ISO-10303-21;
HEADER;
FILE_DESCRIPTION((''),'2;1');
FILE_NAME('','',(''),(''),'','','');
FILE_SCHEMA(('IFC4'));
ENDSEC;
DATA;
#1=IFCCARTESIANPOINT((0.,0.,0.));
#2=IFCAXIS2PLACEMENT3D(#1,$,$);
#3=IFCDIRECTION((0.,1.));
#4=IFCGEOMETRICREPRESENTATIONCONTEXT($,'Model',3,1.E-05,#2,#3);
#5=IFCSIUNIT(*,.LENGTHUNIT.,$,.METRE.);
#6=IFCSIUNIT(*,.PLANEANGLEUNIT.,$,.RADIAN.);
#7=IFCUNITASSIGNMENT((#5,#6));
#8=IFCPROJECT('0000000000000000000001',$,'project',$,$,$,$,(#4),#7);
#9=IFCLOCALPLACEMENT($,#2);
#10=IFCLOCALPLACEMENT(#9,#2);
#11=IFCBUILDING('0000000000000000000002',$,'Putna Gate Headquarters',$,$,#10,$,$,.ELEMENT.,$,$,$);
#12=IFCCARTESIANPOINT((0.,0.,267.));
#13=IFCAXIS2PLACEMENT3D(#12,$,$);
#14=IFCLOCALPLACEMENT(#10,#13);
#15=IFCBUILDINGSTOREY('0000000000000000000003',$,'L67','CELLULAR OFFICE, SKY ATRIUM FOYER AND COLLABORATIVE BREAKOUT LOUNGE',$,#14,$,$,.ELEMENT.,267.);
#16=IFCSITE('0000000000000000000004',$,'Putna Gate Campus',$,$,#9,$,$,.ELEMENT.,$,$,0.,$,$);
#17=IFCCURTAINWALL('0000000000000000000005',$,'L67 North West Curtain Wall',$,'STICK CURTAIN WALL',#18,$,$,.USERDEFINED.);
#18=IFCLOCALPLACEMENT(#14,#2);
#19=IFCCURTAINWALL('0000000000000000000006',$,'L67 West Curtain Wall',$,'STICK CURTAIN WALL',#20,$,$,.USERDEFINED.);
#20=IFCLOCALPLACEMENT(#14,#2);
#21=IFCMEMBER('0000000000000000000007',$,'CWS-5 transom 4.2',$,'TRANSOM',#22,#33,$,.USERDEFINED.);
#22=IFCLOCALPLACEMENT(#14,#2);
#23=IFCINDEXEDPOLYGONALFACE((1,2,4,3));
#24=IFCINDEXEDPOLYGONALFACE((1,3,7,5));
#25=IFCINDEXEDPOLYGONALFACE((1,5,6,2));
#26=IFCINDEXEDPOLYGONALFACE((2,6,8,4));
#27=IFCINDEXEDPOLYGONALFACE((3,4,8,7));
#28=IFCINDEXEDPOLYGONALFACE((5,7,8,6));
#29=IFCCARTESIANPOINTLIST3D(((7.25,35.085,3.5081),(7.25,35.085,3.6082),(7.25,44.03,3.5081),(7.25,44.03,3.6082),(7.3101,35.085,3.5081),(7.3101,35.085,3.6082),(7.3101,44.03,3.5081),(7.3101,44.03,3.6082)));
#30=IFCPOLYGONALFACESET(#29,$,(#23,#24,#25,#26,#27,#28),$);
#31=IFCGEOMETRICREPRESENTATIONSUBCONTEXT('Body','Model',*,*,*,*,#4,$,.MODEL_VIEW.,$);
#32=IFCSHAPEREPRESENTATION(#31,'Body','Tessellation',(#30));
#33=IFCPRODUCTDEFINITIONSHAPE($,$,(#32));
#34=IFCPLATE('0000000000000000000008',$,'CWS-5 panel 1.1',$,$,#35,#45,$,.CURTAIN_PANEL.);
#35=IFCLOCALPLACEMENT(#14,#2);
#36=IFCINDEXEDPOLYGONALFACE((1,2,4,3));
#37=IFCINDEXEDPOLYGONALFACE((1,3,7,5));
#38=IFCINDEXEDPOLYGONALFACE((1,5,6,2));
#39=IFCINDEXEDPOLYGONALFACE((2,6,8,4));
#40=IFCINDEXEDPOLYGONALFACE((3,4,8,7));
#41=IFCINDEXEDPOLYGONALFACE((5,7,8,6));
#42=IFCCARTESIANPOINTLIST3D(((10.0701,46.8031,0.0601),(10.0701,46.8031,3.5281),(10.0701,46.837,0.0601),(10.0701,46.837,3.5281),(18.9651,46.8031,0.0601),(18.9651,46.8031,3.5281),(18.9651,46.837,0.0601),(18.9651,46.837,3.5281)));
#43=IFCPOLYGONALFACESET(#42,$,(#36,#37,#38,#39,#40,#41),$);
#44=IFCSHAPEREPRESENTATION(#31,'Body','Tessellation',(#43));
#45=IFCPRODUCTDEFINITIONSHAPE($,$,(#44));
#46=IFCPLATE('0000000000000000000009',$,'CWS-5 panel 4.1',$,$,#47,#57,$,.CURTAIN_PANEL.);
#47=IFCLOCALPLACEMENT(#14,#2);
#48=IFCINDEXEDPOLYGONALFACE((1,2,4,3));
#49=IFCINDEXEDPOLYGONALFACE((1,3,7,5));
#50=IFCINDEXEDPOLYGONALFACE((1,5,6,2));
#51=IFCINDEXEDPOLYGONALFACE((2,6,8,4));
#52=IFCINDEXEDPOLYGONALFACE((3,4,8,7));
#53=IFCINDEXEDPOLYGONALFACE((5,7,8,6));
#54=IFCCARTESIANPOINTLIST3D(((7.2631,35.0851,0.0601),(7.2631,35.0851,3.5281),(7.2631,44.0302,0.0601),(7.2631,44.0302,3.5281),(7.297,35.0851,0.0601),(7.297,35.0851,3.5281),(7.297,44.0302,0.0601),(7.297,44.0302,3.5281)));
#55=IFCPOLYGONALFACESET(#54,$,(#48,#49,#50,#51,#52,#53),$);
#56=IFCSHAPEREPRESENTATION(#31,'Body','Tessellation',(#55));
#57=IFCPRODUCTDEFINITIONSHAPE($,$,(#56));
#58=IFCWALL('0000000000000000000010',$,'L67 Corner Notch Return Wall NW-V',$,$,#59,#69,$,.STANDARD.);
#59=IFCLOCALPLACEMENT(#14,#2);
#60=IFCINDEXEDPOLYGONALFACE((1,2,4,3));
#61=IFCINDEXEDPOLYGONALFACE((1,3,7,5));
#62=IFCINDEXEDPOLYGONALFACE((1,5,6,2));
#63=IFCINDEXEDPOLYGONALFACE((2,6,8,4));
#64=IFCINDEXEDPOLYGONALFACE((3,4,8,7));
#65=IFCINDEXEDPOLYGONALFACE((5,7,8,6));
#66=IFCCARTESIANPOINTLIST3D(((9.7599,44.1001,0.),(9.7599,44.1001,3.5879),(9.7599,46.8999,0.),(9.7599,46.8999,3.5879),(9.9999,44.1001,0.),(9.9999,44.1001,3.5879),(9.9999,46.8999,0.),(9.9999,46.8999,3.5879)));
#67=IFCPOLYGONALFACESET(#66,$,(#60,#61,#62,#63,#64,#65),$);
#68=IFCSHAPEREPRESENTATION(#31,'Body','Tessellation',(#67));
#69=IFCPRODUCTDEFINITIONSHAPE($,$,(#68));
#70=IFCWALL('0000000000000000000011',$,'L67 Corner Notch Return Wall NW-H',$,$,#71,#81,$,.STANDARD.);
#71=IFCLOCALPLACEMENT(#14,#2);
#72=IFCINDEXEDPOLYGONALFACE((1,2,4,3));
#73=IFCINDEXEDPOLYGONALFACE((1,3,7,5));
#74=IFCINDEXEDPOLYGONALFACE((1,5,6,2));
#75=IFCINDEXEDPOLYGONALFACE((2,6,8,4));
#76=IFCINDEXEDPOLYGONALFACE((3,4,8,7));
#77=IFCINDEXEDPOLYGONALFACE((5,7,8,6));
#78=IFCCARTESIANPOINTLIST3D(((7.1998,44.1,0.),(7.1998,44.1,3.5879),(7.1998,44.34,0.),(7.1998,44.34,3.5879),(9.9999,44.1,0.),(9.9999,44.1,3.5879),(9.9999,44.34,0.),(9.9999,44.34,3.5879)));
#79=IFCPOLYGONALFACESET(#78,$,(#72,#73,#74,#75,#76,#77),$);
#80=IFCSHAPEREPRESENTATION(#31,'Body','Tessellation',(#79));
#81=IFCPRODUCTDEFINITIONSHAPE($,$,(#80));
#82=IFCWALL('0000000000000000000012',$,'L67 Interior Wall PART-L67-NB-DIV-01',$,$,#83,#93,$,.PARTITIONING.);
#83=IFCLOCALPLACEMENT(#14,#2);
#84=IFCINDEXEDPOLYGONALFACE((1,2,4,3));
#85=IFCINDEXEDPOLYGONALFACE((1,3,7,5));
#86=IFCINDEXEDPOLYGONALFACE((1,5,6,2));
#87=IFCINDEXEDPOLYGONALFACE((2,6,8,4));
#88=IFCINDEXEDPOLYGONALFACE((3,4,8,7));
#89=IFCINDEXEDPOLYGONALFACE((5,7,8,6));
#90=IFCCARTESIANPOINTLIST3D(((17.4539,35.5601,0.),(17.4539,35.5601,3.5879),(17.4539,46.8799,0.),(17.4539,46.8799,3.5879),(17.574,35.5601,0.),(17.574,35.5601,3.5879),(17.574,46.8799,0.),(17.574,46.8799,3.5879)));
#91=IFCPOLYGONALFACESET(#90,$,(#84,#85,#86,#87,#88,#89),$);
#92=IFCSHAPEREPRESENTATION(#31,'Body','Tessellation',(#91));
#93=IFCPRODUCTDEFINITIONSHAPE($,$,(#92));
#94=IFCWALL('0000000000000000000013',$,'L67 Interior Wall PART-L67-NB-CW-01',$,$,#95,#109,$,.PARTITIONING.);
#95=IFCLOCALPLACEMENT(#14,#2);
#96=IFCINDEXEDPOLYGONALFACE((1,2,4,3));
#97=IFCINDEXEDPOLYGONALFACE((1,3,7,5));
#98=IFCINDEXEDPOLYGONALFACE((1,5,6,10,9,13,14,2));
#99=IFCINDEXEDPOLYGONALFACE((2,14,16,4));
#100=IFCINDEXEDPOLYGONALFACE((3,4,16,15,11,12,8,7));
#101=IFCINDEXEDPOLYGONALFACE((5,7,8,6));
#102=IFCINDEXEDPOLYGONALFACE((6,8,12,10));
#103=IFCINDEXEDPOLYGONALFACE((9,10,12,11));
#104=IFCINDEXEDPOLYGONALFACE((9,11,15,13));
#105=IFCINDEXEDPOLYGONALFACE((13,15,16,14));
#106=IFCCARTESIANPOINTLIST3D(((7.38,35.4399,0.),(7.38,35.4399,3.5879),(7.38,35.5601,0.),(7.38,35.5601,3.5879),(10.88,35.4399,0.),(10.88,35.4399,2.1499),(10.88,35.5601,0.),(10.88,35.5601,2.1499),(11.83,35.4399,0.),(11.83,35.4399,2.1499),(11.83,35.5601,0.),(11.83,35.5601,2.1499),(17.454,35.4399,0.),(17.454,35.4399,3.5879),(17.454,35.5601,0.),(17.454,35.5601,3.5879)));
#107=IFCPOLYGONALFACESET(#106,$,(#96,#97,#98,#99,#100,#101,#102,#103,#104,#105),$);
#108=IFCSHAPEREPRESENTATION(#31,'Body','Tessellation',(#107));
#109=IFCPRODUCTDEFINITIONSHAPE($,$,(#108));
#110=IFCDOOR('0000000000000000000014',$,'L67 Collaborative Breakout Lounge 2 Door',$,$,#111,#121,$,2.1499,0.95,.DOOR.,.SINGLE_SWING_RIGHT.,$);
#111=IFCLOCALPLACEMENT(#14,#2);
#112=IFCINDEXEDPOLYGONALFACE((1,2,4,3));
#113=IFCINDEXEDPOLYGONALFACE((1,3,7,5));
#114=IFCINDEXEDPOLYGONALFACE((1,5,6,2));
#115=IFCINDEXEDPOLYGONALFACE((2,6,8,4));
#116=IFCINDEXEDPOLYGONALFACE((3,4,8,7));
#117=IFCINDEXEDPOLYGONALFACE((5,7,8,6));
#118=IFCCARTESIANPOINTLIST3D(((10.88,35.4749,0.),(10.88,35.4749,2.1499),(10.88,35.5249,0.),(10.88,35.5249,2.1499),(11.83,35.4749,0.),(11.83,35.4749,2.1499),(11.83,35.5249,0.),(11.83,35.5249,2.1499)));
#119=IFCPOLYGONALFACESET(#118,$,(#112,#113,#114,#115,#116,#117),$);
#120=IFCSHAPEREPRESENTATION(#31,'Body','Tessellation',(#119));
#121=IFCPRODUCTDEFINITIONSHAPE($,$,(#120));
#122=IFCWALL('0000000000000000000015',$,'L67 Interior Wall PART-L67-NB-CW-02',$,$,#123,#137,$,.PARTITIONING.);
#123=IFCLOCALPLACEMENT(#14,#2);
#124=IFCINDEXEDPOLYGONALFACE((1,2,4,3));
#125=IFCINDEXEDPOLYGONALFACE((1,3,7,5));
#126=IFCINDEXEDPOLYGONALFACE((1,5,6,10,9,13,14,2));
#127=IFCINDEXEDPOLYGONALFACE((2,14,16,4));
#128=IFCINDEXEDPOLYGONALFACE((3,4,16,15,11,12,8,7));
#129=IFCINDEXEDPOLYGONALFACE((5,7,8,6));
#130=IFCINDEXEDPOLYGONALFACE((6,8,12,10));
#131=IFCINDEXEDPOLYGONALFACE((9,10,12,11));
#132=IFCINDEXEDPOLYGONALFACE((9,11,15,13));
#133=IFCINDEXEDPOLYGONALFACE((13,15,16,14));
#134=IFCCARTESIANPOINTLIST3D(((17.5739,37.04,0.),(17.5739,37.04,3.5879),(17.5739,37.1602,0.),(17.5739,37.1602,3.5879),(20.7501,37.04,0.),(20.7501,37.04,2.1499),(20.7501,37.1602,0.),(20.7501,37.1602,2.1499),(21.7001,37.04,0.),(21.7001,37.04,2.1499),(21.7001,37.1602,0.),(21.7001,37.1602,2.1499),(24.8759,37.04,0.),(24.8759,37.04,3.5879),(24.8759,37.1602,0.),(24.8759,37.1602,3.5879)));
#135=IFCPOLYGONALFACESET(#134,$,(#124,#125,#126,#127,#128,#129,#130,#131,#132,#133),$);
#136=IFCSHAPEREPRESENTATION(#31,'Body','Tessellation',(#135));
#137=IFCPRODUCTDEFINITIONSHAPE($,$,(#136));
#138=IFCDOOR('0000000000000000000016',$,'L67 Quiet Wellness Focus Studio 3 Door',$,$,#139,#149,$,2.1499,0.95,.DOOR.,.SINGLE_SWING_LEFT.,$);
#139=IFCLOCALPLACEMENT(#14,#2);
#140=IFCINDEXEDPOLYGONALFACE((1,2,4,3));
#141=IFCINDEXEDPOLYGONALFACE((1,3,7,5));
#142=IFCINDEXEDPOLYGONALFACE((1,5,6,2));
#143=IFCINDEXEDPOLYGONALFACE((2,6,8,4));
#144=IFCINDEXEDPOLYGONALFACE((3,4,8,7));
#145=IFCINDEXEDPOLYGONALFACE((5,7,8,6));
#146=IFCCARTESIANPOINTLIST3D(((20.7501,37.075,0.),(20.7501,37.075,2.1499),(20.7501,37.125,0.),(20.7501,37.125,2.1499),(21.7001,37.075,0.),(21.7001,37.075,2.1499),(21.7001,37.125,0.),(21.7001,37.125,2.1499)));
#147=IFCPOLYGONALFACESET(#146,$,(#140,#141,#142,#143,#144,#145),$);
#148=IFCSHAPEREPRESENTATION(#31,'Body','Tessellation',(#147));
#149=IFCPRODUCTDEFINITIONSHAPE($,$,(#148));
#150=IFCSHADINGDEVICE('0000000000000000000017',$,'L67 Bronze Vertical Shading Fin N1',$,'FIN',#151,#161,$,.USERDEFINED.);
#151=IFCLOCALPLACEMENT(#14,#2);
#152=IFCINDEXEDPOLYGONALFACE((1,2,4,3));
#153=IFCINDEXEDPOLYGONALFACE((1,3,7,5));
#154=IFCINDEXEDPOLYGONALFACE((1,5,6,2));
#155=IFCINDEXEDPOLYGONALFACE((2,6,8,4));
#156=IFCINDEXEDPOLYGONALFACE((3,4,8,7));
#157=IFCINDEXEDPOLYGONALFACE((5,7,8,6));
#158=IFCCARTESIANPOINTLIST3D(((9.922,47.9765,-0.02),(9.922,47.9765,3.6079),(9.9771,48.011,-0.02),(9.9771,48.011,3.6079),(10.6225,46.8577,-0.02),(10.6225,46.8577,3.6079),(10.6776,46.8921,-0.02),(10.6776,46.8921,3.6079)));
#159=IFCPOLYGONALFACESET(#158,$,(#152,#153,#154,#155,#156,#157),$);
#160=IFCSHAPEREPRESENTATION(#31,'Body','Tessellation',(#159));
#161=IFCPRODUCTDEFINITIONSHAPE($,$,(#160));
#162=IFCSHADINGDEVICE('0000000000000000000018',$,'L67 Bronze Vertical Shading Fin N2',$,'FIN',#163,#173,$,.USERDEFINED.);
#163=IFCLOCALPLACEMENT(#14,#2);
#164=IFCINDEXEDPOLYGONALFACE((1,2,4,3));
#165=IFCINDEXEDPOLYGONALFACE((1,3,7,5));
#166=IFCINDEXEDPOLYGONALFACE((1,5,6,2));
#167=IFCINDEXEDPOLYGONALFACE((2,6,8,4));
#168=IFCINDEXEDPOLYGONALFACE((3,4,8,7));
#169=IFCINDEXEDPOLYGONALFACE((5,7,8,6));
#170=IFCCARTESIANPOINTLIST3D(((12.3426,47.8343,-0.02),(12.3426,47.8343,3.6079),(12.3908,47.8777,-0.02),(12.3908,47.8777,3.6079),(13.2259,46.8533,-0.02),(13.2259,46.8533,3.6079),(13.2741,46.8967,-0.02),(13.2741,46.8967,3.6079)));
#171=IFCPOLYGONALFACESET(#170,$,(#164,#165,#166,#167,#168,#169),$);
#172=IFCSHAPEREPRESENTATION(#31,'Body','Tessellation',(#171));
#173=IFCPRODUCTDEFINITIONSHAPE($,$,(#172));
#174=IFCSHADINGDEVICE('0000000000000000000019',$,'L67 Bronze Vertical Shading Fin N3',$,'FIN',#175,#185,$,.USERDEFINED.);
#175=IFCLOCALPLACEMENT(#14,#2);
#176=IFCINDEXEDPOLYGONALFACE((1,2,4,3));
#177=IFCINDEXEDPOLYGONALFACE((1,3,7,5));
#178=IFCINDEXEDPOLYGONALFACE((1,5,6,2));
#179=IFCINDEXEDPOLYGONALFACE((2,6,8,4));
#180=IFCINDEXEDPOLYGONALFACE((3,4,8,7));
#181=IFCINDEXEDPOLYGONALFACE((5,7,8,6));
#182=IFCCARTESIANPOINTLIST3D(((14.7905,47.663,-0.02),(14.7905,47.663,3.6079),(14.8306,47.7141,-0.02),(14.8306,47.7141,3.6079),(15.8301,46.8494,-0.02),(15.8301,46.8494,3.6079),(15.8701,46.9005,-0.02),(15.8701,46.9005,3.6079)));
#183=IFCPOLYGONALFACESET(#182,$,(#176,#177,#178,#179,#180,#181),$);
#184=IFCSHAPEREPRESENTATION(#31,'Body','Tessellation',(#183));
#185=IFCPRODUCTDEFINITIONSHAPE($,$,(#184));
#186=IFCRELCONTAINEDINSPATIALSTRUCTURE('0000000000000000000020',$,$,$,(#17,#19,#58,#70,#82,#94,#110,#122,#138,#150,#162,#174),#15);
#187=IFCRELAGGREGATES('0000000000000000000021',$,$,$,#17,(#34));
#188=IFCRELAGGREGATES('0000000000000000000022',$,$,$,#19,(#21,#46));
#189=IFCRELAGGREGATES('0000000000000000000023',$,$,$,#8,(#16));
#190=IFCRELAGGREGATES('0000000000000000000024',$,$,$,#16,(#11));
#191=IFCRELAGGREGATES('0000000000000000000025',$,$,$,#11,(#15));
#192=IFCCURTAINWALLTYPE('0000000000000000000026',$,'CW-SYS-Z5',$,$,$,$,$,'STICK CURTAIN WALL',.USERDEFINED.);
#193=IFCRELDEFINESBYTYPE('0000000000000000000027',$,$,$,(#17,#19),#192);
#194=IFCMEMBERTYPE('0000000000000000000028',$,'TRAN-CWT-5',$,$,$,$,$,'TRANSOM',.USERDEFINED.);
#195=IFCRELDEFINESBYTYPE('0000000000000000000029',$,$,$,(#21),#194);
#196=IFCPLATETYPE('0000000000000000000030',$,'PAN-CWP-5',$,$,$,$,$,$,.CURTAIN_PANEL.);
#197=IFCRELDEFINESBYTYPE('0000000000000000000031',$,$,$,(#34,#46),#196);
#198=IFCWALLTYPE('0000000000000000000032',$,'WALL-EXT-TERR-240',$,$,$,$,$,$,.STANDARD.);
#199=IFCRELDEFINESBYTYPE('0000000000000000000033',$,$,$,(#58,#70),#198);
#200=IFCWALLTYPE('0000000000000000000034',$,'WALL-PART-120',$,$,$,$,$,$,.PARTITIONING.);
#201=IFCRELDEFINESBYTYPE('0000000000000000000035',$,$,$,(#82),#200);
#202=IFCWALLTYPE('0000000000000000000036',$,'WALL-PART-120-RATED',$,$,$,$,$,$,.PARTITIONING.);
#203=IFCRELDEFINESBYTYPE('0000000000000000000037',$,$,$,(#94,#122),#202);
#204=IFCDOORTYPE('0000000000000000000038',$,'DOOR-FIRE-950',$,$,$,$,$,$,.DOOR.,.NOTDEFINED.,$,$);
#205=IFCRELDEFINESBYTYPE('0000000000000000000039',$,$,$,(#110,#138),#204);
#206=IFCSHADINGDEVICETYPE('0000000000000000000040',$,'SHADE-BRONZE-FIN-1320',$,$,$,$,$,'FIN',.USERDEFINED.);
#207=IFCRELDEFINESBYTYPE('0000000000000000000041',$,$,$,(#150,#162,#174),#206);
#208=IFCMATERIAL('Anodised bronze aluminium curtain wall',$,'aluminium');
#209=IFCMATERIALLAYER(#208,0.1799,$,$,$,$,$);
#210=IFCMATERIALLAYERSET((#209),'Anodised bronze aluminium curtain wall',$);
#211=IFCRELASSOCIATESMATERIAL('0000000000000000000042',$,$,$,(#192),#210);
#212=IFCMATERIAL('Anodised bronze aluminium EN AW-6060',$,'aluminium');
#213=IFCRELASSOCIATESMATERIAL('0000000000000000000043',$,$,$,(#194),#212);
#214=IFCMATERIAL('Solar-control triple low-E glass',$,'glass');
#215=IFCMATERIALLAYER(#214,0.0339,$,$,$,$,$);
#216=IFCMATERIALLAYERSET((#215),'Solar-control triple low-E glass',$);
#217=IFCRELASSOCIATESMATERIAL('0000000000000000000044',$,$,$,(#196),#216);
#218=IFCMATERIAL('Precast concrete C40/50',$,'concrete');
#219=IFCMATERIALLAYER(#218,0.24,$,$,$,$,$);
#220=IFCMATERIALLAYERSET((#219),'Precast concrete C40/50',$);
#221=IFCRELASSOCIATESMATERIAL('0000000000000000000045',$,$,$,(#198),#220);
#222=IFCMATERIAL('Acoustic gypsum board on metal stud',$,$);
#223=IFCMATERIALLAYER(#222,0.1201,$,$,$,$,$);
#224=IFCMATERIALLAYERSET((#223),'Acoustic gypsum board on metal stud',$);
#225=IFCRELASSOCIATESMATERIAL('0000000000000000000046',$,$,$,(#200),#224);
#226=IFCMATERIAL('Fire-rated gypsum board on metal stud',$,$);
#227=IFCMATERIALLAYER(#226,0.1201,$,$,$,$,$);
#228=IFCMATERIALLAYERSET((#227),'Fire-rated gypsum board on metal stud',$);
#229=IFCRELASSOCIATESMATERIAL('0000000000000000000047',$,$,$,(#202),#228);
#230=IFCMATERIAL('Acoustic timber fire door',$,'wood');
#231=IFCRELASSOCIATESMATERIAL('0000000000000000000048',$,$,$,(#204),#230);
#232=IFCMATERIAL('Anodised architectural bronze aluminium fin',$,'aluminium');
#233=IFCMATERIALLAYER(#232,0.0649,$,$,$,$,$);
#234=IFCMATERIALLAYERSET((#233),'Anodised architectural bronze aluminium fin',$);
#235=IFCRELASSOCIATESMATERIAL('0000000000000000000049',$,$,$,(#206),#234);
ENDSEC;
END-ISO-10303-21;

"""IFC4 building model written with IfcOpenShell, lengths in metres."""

from ifc_helpers import new_model, si_unit, direction, frame, frame_2d, origin, origin_2d, place, context, subcontext, project, spatial, rectangle, extrude, material, layer, layer_set, material_profile, profile_set, type_object, element, fill, aggregate, save


model = new_model("IFC4")

# Units and contexts
model_context = context("Model", 3, precision=1e-05, world=origin(), true_north=direction((0.0, 1.0)))
body_context = subcontext(model_context, "Body", "Model", "MODEL_VIEW")
ifc_project = project(units=[si_unit("LENGTHUNIT", "METRE"), si_unit("PLANEANGLEUNIT", "RADIAN")], contexts=[model_context])

# Site, building, storey
site_placement = place(None, origin())
site = spatial("IfcSite", under=ifc_project, at=site_placement, Name="Putna Gate Campus", CompositionType="ELEMENT", RefElevation=0.0)
building_placement = place(site_placement, origin())
building = spatial("IfcBuilding", under=site, at=building_placement, Name="Putna Gate Headquarters", CompositionType="ELEMENT")
storey_placement = place(building_placement, frame((0.0, 0.0, 267.0)))
storey = spatial("IfcBuildingStorey", under=building, at=storey_placement, Name="L67", Description="CELLULAR OFFICE, SKY ATRIUM FOYER AND COLLABORATIVE BREAKOUT LOUNGE", CompositionType="ELEMENT", Elevation=267.0)

# Curtain wall
ifc_material_1 = material(Name="Anodised bronze aluminium curtain wall", Category="aluminium")
ifc_layer_1 = layer(ifc_material_1, 0.1799)
ifc_layer_set_1 = layer_set([ifc_layer_1], Name="Anodised bronze aluminium curtain wall")
curtain_wall_type = type_object("IfcCurtainWallType", Name="CW-SYS-Z5", ElementType="STICK CURTAIN WALL", PredefinedType="USERDEFINED", material=ifc_layer_set_1)
curtain_wall_1_placement = place(storey_placement, origin())
curtain_wall_1 = element("IfcCurtainWall", 1, at=curtain_wall_1_placement, inside=storey, type_object=curtain_wall_type, Name="L67 North West Curtain Wall", ObjectType="STICK CURTAIN WALL", PredefinedType="USERDEFINED")
ifc_material_2 = material(Name="Anodised bronze aluminium EN AW-6060", Category="aluminium")

# Curtain wall
curtain_wall_2_placement = place(storey_placement, origin())
curtain_wall_2 = element("IfcCurtainWall", 2, at=curtain_wall_2_placement, inside=storey, type_object=curtain_wall_type, Name="L67 West Curtain Wall", ObjectType="STICK CURTAIN WALL", PredefinedType="USERDEFINED")

# Member
ifc_material_profile_1 = material_profile(ifc_material_2, rectangle(XDim=0.0601, YDim=0.1001, at=origin_2d()), Name="Anodised bronze aluminium EN AW-6060")
ifc_profile_set_1 = profile_set([ifc_material_profile_1], Name="Anodised bronze aluminium EN AW-6060")
member_type_1 = type_object("IfcMemberType", Name="TRAN-CWT-5", ElementType="TRANSOM", PredefinedType="USERDEFINED", material=ifc_profile_set_1)
member_1_placement = place(storey_placement, frame((7.28, 35.085, 3.5581), z_axis=(0.0, 1.0, 0.0), x_axis=(-1.0, 0.0, 0.0)))
member_1 = element("IfcMember", 3, at=member_1_placement, type_object=member_type_1, Name="CWS-5 transom 4.2", ObjectType="TRANSOM", PredefinedType="USERDEFINED", context=body_context, shape_type="SweptSolid", body=[
    extrude(rectangle(XDim=0.0601, YDim=0.1001, at=origin_2d()), origin(), (0.0, 0.0, 1.0), 8.9451),
])

# Plates
ifc_material_3 = material(Name="Solar-control triple low-E glass", Category="glass")
ifc_layer_2 = layer(ifc_material_3, 0.0339)
ifc_layer_set_2 = layer_set([ifc_layer_2], Name="Solar-control triple low-E glass")
plate_type = type_object("IfcPlateType", Name="PAN-CWP-5", PredefinedType="CURTAIN_PANEL", material=ifc_layer_set_2)
plate_1_placement = place(storey_placement, frame((14.5176, 46.8201, 0.0601), z_axis=(0.0, 0.0, 1.0), x_axis=(1.0, 0.0, 0.0)))
plate_1 = element("IfcPlate", 4, at=plate_1_placement, type_object=plate_type, Name="CWS-5 panel 1.1", PredefinedType="CURTAIN_PANEL", context=body_context, shape_type="SweptSolid", body=[
    extrude(rectangle(XDim=8.895, YDim=0.0339, at=origin_2d()), origin(), (0.0, 0.0, 1.0), 3.468),
])
aggregate(curtain_wall_1, [plate_1])
plate_2_placement = place(storey_placement, frame((7.28, 39.5576, 0.0601), z_axis=(0.0, 0.0, 1.0), x_axis=(0.0, 1.0, 0.0)))
plate_2 = element("IfcPlate", 5, at=plate_2_placement, type_object=plate_type, Name="CWS-5 panel 4.1", PredefinedType="CURTAIN_PANEL", context=body_context, shape_type="SweptSolid", body=[
    extrude(rectangle(XDim=8.9451, YDim=0.0339, at=origin_2d()), origin(), (0.0, 0.0, 1.0), 3.468),
])
aggregate(curtain_wall_2, [member_1, plate_2])

# Walls
ifc_material_4 = material(Name="Precast concrete C40/50", Category="concrete")
ifc_layer_3 = layer(ifc_material_4, 0.24)
ifc_layer_set_3 = layer_set([ifc_layer_3], Name="Precast concrete C40/50")
wall_type_1 = type_object("IfcWallType", Name="WALL-EXT-TERR-240", PredefinedType="STANDARD", material=ifc_layer_set_3)
wall_1_placement = place(storey_placement, frame((9.8799, 44.1001, 0.0), z_axis=(0.0, 0.0, 1.0), x_axis=(0.0, 1.0, 0.0)))
element("IfcWall", 6, at=wall_1_placement, inside=storey, type_object=wall_type_1, Name="L67 Corner Notch Return Wall NW-V", PredefinedType="STANDARD", context=body_context, shape_type="SweptSolid", body=[
    extrude(rectangle(XDim=2.7998, YDim=0.24, at=frame_2d((1.3999, 0.0))), origin(), (0.0, 0.0, 1.0), 3.5879),
])
wall_2_placement = place(storey_placement, frame((7.2, 44.22, 0.0), z_axis=(0.0, 0.0, 1.0), x_axis=(1.0, 0.0, 0.0)))
element("IfcWall", 7, at=wall_2_placement, inside=storey, type_object=wall_type_1, Name="L67 Corner Notch Return Wall NW-H", PredefinedType="STANDARD", context=body_context, shape_type="SweptSolid", body=[
    extrude(rectangle(XDim=2.8, YDim=0.24, at=frame_2d((1.3999, 0.0))), origin(), (0.0, 0.0, 1.0), 3.5879),
])
ifc_material_5 = material(Name="Acoustic gypsum board on metal stud")
ifc_layer_4 = layer(ifc_material_5, 0.1201)
ifc_layer_set_4 = layer_set([ifc_layer_4], Name="Acoustic gypsum board on metal stud")
wall_type_2 = type_object("IfcWallType", Name="WALL-PART-120", PredefinedType="PARTITIONING", material=ifc_layer_set_4)
wall_3_placement = place(storey_placement, frame((17.5139, 35.5601, 0.0), z_axis=(0.0, 0.0, 1.0), x_axis=(0.0, 1.0, 0.0)))
element("IfcWall", 8, at=wall_3_placement, inside=storey, type_object=wall_type_2, Name="L67 Interior Wall PART-L67-NB-DIV-01", PredefinedType="PARTITIONING", context=body_context, shape_type="SweptSolid", body=[
    extrude(rectangle(XDim=11.3198, YDim=0.1201, at=frame_2d((5.6599, 0.0))), origin(), (0.0, 0.0, 1.0), 3.5879),
])

# Walls, openings, doors
ifc_material_6 = material(Name="Fire-rated gypsum board on metal stud")
ifc_layer_5 = layer(ifc_material_6, 0.1201)
ifc_layer_set_5 = layer_set([ifc_layer_5], Name="Fire-rated gypsum board on metal stud")
wall_type_3 = type_object("IfcWallType", Name="WALL-PART-120-RATED", PredefinedType="PARTITIONING", material=ifc_layer_set_5)
wall_4_placement = place(storey_placement, frame((7.3799, 35.5, 0.0), z_axis=(0.0, 0.0, 1.0), x_axis=(1.0, 0.0, 0.0)))
wall_4 = element("IfcWall", 9, at=wall_4_placement, inside=storey, type_object=wall_type_3, Name="L67 Interior Wall PART-L67-NB-CW-01", PredefinedType="PARTITIONING", context=body_context, shape_type="SweptSolid", body=[
    extrude(rectangle(XDim=10.074, YDim=0.1201, at=frame_2d((5.0371, 0.0))), origin(), (0.0, 0.0, 1.0), 3.5879),
])
opening_1_placement = place(wall_4_placement, frame((3.5, 0.0, 0.0)))
opening_1 = element("IfcOpeningElement", 10, at=opening_1_placement, cuts=wall_4, PredefinedType="OPENING", context=body_context, shape_type="SweptSolid", body=[
    extrude(rectangle(XDim=0.95, YDim=2.1499, at=frame_2d((0.4751, 1.075))), frame((0.0, 0.0701, 0.0), z_axis=(0.0, -1.0, 0.0), x_axis=(1.0, 0.0, 0.0)), (0.0, 0.0, 1.0), 0.1401),
])
ifc_material_7 = material(Name="Acoustic timber fire door", Category="wood")
door_type = type_object("IfcDoorType", Name="DOOR-FIRE-950", OperationType="NOTDEFINED", PredefinedType="DOOR", material=ifc_material_7)
door_1_placement = place(opening_1_placement, origin())
door_1 = element("IfcDoor", 11, at=door_1_placement, inside=storey, type_object=door_type, Name="L67 Collaborative Breakout Lounge 2 Door", OperationType="SINGLE_SWING_RIGHT", OverallHeight=2.1499, OverallWidth=0.95, PredefinedType="DOOR", context=body_context, shape_type="SweptSolid", body=[
    extrude(rectangle(XDim=0.95, YDim=2.1499, at=frame_2d((0.4751, 1.075))), frame((0.0, 0.0249, 0.0), z_axis=(0.0, -1.0, 0.0), x_axis=(1.0, 0.0, 0.0)), (0.0, 0.0, 1.0), 0.05),
])
fill(opening_1, door_1)
wall_5_placement = place(storey_placement, frame((17.574, 37.1001, 0.0), z_axis=(0.0, 0.0, 1.0), x_axis=(1.0, 0.0, 0.0)))
wall_5 = element("IfcWall", 12, at=wall_5_placement, inside=storey, type_object=wall_type_3, Name="L67 Interior Wall PART-L67-NB-CW-02", PredefinedType="PARTITIONING", context=body_context, shape_type="SweptSolid", body=[
    extrude(rectangle(XDim=7.302, YDim=0.1201, at=frame_2d((3.6509, 0.0))), origin(), (0.0, 0.0, 1.0), 3.5879),
])
opening_2_placement = place(wall_5_placement, frame((3.176, 0.0, 0.0)))
opening_2 = element("IfcOpeningElement", 13, at=opening_2_placement, cuts=wall_5, PredefinedType="OPENING", context=body_context, shape_type="SweptSolid", body=[
    extrude(rectangle(XDim=0.95, YDim=2.1499, at=frame_2d((0.4751, 1.075))), frame((0.0, 0.0701, 0.0), z_axis=(0.0, -1.0, 0.0), x_axis=(1.0, 0.0, 0.0)), (0.0, 0.0, 1.0), 0.1401),
])
door_2_placement = place(opening_2_placement, origin())
door_2 = element("IfcDoor", 14, at=door_2_placement, inside=storey, type_object=door_type, Name="L67 Quiet Wellness Focus Studio 3 Door", OperationType="SINGLE_SWING_LEFT", OverallHeight=2.1499, OverallWidth=0.95, PredefinedType="DOOR", context=body_context, shape_type="SweptSolid", body=[
    extrude(rectangle(XDim=0.95, YDim=2.1499, at=frame_2d((0.4751, 1.075))), frame((0.0, 0.0249, 0.0), z_axis=(0.0, -1.0, 0.0), x_axis=(1.0, 0.0, 0.0)), (0.0, 0.0, 1.0), 0.05),
])
fill(opening_2, door_2)

# Shading devices
ifc_material_8 = material(Name="Anodised architectural bronze aluminium fin", Category="aluminium")
ifc_layer_6 = layer(ifc_material_8, 0.0649)
ifc_layer_set_6 = layer_set([ifc_layer_6], Name="Anodised architectural bronze aluminium fin")
shading_device_type = type_object("IfcShadingDeviceType", Name="SHADE-BRONZE-FIN-1320", ElementType="FIN", PredefinedType="USERDEFINED", material=ifc_layer_set_6)
for number, where, z_axis, x_axis, name in (
    (15, (10.2998, 47.4343, -0.02), (0.0, 0.0, 1.0), (-0.530659, 0.847585, 0.0), "L67 Bronze Vertical Shading Fin N1"),
    (16, (12.8083, 47.3655, -0.02), (0.0, 0.0, 1.0), (-0.669131, 0.743145, 0.0), "L67 Bronze Vertical Shading Fin N2"),
    (17, (15.3303, 47.2817, -0.02), (0.0, 0.0, 1.0), (-0.787473, 0.616349, 0.0), "L67 Bronze Vertical Shading Fin N3"),
):
    element("IfcShadingDevice", number, at=place(storey_placement, frame(where, z_axis=z_axis, x_axis=x_axis)), inside=storey, type_object=shading_device_type, Name=name, ObjectType="FIN", PredefinedType="USERDEFINED", context=body_context, shape_type="SweptSolid", body=[
        extrude(rectangle(XDim=1.3201, YDim=0.0649, at=origin_2d()), origin(), (0.0, 0.0, 1.0), 3.6279),
    ])

save(model, "model.ifc")
